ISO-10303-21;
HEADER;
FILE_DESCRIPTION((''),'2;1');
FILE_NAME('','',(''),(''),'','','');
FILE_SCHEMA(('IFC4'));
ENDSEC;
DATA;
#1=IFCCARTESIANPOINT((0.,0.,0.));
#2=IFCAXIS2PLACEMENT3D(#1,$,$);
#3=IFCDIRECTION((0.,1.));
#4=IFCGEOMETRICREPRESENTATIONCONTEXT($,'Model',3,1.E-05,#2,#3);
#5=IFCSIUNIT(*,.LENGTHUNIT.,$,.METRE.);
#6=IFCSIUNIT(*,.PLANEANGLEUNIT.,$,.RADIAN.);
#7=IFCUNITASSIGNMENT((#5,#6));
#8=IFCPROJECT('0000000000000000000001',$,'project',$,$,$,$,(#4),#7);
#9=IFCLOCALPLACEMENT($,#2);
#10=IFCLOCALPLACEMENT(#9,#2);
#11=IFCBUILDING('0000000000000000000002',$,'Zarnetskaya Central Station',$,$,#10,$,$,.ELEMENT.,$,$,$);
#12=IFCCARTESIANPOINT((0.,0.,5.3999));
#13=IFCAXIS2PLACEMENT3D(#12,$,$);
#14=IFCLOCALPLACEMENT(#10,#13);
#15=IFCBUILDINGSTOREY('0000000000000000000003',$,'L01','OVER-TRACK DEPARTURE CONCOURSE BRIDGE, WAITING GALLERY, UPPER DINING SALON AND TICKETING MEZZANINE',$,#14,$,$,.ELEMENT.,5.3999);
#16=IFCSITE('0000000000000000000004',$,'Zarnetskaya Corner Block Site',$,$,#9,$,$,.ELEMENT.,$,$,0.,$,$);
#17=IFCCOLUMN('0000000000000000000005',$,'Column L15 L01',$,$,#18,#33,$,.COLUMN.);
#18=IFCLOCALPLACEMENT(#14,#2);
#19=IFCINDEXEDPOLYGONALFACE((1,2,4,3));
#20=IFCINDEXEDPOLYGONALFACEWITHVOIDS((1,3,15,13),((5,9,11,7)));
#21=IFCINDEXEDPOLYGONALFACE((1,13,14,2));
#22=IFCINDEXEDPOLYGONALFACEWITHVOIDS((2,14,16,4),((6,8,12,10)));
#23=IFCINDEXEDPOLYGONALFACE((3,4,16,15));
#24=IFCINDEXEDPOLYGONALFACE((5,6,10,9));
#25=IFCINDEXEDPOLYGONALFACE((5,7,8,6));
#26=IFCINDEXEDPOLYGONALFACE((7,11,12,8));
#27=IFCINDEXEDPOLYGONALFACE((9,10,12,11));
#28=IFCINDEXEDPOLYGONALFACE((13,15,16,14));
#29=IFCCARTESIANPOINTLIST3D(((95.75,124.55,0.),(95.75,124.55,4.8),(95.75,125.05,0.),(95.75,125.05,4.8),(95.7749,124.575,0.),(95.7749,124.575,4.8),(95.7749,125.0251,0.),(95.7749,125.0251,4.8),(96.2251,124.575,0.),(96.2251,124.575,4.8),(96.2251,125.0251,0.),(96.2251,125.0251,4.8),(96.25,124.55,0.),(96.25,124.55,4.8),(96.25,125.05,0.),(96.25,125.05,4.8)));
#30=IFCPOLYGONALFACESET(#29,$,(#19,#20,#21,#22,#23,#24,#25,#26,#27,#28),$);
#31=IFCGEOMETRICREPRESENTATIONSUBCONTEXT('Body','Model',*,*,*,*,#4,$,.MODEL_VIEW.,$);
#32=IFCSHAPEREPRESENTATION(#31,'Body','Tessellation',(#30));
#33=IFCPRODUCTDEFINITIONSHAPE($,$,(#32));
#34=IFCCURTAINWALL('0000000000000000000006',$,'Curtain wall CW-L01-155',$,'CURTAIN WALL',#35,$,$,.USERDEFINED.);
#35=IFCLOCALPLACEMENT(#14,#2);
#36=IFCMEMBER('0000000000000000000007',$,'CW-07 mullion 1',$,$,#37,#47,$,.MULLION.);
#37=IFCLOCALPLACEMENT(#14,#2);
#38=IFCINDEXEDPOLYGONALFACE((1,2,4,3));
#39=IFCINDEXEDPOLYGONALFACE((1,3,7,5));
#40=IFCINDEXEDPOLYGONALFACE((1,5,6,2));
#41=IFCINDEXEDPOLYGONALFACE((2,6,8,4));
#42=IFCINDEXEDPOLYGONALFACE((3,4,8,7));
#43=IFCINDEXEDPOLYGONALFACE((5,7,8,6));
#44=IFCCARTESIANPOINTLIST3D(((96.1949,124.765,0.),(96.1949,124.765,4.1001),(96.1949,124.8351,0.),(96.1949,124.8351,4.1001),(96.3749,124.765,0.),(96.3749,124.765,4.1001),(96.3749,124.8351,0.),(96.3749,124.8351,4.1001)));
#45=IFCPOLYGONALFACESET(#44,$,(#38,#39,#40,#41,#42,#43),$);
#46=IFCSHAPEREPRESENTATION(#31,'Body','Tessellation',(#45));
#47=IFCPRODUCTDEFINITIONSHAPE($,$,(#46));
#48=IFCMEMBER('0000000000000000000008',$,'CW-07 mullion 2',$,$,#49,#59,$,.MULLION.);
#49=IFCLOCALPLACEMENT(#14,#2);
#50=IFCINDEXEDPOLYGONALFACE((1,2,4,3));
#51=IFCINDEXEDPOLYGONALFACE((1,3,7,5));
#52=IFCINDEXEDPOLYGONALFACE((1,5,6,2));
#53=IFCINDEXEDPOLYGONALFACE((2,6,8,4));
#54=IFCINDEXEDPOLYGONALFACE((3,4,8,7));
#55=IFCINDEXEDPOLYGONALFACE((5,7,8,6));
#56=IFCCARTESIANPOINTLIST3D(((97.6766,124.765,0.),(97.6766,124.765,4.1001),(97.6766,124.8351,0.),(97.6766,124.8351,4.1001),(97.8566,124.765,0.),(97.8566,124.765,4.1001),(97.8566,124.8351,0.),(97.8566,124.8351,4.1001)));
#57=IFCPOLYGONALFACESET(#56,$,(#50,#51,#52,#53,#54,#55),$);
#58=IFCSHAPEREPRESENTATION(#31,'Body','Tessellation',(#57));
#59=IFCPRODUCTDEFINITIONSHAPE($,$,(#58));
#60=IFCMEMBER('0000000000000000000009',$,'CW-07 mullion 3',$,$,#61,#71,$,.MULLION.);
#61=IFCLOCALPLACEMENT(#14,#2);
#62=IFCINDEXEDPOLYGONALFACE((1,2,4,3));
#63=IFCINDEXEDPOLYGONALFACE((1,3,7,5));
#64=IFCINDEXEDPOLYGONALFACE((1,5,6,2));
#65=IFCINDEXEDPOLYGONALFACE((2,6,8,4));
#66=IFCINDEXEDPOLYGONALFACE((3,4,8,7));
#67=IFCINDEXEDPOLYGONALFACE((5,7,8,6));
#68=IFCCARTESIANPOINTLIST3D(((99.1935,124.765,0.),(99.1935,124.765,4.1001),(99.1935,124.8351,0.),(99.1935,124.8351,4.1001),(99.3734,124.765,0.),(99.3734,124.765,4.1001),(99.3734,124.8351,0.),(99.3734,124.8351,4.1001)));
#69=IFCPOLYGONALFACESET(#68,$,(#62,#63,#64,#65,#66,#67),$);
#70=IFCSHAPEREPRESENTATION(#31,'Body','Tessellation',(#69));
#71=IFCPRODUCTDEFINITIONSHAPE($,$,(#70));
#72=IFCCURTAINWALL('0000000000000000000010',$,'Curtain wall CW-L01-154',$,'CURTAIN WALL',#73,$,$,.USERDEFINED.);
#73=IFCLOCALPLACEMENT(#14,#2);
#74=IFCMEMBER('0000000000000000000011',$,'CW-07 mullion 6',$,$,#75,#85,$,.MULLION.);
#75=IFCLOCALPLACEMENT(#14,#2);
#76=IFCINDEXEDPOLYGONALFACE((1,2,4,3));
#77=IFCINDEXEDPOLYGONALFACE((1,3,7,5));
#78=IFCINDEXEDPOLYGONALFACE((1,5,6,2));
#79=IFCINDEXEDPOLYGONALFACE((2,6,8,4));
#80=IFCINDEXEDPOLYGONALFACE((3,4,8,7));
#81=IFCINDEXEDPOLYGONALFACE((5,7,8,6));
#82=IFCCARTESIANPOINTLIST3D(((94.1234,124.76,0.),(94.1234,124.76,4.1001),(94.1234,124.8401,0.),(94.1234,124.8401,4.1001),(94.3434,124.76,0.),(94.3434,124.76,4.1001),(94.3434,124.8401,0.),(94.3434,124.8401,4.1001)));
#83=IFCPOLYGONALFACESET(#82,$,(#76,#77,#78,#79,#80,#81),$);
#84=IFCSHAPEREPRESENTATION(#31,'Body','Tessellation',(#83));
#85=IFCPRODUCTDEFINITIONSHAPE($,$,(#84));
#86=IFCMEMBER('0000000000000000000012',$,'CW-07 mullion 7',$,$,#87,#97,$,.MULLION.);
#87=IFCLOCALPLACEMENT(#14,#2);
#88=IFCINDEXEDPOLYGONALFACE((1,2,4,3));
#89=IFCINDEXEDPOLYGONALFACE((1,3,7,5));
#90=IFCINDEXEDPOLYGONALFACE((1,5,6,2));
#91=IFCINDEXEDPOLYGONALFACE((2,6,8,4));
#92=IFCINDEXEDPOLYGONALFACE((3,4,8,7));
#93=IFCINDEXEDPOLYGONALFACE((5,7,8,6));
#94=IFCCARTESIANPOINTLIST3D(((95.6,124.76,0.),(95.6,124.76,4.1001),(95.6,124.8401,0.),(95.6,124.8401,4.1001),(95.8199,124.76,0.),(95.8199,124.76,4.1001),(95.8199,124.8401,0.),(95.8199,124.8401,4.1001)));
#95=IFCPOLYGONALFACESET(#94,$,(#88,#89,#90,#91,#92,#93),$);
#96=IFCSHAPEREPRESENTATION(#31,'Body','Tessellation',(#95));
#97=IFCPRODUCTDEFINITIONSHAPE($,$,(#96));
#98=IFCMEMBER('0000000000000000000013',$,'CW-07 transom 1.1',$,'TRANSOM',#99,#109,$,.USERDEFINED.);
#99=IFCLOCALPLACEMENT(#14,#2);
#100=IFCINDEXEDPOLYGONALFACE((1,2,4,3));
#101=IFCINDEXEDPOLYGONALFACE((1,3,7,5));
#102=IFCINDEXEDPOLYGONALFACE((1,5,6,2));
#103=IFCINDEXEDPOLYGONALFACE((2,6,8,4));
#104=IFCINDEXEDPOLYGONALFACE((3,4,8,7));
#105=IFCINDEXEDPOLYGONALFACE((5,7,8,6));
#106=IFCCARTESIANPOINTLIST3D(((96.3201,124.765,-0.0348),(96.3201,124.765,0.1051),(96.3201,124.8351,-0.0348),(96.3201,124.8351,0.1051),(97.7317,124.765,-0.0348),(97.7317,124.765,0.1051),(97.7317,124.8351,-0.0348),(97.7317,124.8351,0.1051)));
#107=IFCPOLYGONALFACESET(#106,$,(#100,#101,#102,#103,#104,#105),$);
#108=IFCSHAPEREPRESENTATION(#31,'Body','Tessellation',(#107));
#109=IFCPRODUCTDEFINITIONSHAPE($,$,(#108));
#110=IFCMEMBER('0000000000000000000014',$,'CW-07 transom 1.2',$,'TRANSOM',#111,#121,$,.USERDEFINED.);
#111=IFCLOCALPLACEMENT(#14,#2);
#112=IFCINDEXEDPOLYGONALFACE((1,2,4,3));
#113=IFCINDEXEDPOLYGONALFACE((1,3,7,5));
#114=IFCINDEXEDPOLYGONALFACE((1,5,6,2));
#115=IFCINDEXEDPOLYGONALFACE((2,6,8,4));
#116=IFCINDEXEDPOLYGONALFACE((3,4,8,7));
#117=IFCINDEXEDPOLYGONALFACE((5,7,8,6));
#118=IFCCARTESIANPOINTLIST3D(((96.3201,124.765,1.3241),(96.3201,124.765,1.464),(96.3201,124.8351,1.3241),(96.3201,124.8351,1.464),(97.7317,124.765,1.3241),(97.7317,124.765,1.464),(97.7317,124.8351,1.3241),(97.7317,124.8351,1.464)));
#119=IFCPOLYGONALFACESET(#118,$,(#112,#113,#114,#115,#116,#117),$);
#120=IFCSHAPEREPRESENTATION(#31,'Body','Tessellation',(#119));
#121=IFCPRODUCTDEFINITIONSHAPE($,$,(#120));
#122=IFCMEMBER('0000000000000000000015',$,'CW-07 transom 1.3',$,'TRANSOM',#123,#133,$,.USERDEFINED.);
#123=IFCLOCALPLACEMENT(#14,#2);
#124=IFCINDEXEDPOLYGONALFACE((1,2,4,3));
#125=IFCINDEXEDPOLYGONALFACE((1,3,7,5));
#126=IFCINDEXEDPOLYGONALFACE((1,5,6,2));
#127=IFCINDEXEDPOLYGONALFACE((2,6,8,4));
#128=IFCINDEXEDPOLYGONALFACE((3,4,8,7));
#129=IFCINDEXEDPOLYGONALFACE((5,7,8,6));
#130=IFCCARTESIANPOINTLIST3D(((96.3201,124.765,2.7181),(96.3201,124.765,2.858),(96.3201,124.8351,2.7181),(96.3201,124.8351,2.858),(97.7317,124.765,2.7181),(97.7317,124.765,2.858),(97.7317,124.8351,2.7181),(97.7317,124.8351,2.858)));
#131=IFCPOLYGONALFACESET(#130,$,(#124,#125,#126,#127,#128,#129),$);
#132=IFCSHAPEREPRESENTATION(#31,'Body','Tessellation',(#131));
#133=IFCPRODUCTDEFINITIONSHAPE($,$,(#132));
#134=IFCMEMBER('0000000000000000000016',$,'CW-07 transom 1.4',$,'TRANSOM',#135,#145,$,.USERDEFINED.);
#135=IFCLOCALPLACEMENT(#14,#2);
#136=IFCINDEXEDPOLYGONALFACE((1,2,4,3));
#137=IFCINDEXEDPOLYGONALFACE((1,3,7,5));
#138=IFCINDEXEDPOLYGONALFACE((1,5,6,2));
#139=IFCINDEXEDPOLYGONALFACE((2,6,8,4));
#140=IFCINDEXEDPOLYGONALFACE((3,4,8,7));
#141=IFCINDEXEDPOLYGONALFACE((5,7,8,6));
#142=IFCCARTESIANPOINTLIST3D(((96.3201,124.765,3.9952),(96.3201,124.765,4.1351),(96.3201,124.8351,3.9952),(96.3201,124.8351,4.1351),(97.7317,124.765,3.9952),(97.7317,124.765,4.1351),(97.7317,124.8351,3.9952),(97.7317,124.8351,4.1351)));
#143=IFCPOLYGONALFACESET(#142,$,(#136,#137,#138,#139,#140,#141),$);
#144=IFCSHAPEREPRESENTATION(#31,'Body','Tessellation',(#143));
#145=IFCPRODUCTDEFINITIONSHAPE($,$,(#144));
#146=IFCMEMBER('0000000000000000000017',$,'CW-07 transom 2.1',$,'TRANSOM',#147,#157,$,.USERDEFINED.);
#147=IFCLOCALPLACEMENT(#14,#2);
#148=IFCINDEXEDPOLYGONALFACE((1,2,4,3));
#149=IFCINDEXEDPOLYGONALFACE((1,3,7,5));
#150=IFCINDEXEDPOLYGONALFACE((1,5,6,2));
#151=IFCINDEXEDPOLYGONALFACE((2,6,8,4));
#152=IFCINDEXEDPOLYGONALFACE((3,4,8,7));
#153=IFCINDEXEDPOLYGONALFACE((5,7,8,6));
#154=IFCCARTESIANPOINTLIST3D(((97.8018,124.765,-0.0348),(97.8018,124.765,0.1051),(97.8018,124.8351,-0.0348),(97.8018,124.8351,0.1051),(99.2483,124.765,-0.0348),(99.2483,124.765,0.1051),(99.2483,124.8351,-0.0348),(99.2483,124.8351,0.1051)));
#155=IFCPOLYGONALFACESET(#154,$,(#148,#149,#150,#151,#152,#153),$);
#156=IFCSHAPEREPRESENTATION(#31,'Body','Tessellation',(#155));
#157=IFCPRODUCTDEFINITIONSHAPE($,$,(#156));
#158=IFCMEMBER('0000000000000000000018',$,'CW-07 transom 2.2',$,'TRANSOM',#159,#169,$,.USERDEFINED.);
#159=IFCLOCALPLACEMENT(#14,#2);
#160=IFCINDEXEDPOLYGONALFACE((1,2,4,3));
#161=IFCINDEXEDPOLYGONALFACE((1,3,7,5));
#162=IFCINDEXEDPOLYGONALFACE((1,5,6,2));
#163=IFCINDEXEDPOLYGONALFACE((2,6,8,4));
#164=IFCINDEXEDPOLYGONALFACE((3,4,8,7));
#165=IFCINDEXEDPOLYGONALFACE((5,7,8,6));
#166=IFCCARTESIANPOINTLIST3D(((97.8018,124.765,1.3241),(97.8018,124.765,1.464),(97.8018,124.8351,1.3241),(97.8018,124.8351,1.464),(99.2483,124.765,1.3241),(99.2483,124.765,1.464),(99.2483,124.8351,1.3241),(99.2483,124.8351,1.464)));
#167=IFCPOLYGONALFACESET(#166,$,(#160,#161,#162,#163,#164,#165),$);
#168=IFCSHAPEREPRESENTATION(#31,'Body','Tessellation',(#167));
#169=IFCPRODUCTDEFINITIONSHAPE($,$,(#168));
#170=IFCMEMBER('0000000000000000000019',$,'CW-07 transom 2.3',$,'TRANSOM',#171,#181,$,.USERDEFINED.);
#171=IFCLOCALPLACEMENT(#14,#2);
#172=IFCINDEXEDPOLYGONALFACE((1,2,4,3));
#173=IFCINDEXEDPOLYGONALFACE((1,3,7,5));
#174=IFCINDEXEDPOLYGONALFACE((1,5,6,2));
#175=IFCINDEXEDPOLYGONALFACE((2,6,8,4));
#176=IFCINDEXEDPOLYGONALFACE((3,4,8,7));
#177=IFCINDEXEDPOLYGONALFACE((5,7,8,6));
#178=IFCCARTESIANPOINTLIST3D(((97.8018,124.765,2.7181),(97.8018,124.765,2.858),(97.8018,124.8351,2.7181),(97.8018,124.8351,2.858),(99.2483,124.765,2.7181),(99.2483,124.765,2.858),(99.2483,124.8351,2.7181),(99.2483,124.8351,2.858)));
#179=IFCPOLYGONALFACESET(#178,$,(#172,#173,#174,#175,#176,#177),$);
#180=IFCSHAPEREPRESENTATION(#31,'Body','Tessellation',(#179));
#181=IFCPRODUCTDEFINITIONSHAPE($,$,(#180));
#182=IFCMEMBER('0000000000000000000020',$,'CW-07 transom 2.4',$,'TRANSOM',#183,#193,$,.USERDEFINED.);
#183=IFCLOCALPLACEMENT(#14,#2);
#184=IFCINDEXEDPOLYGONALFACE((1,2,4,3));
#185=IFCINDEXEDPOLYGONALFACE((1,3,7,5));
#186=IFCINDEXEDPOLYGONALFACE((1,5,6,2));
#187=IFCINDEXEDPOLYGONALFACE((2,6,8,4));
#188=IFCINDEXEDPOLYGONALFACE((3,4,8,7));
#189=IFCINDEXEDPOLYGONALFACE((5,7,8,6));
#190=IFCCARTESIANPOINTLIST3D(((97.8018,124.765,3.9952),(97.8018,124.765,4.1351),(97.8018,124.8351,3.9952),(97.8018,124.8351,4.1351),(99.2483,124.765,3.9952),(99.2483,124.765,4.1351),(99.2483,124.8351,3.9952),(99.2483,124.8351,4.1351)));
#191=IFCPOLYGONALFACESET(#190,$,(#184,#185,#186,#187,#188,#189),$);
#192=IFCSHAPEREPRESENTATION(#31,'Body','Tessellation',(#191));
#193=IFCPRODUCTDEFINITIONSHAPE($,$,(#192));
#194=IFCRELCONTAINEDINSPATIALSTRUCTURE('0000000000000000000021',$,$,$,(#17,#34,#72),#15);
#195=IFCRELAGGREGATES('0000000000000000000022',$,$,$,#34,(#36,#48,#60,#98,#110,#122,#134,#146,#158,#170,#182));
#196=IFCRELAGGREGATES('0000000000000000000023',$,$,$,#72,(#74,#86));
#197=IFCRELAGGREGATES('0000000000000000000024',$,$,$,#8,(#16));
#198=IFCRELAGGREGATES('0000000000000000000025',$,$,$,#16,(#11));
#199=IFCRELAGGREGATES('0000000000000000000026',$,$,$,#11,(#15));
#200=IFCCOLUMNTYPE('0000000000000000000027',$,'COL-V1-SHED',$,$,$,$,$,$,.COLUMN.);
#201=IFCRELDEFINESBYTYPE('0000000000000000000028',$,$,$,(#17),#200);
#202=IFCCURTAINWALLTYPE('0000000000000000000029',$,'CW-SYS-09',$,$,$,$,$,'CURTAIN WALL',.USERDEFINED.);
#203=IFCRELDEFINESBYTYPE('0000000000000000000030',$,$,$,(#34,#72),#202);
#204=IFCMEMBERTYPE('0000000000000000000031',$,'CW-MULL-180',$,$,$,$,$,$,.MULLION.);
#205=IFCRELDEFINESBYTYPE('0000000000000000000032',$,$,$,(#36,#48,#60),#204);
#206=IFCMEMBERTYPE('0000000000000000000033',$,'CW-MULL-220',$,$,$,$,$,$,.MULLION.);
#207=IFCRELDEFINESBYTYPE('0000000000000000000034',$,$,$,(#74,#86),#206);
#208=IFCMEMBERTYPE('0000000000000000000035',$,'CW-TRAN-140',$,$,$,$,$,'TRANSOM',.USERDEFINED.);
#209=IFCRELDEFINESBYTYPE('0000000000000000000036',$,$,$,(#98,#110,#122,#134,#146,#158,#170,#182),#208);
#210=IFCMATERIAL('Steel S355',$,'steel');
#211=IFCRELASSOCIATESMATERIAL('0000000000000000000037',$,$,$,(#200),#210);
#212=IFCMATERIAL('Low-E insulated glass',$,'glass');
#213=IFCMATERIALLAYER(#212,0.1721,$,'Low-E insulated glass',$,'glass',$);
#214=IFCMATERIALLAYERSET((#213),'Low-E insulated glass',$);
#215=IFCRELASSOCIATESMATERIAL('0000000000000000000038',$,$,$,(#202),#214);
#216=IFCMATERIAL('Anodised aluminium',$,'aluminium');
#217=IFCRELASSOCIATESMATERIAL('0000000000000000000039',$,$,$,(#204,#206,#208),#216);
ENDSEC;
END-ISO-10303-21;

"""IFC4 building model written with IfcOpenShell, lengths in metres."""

from ifc_helpers import new_model, si_unit, direction, frame, origin, origin_2d, place, context, subcontext, project, spatial, rectangle, hollow_rectangle, extrude, material, layer, layer_set, material_profile, profile_set, type_object, element, aggregate, save


model = new_model("IFC4")

# Units and contexts
model_context = context("Model", 3, precision=1e-05, world=origin(), true_north=direction((0.0, 1.0)))
body_context = subcontext(model_context, "Body", "Model", "MODEL_VIEW")
ifc_project = project(units=[si_unit("LENGTHUNIT", "METRE"), si_unit("PLANEANGLEUNIT", "RADIAN")], contexts=[model_context])

# Site, building, storey
site_placement = place(None, origin())
site = spatial("IfcSite", under=ifc_project, at=site_placement, Name="Zarnetskaya Corner Block Site", CompositionType="ELEMENT", RefElevation=0.0)
building_placement = place(site_placement, origin())
building = spatial("IfcBuilding", under=site, at=building_placement, Name="Zarnetskaya Central Station", CompositionType="ELEMENT")
storey_placement = place(building_placement, frame((0.0, 0.0, 5.3999)))
storey = spatial("IfcBuildingStorey", under=building, at=storey_placement, Name="L01", Description="OVER-TRACK DEPARTURE CONCOURSE BRIDGE, WAITING GALLERY, UPPER DINING SALON AND TICKETING MEZZANINE", CompositionType="ELEMENT", Elevation=5.3999)

# Column
ifc_material_1 = material(Name="Steel S355", Category="steel")
ifc_material_profile_1 = material_profile(ifc_material_1, hollow_rectangle(XDim=0.5, YDim=0.5, WallThickness=0.0249, at=origin_2d()), Name="BOX 500x500x25")
ifc_profile_set_1 = profile_set([ifc_material_profile_1], Name="Steel S355")
column_type = type_object("IfcColumnType", Name="COL-V1-SHED", PredefinedType="COLUMN", material=ifc_profile_set_1)
column_placement = place(storey_placement, frame((96.0, 124.8, 0.0), z_axis=(0.0, 0.0, 1.0), x_axis=(1.0, 0.0, 0.0)))
element("IfcColumn", 1, at=column_placement, inside=storey, type_object=column_type, Name="Column L15 L01", PredefinedType="COLUMN", context=body_context, shape_type="SweptSolid", body=[
    extrude(hollow_rectangle(XDim=0.5, YDim=0.5, WallThickness=0.0249, at=origin_2d()), origin(), (0.0, 0.0, 1.0), 4.8),
])

# Curtain walls, members
ifc_material_2 = material(Name="Low-E insulated glass", Category="glass")
ifc_layer_1 = layer(ifc_material_2, 0.1721, Name="Low-E insulated glass", Category="glass")
ifc_layer_set_1 = layer_set([ifc_layer_1], Name="Low-E insulated glass")
curtain_wall_type = type_object("IfcCurtainWallType", Name="CW-SYS-09", ElementType="CURTAIN WALL", PredefinedType="USERDEFINED", material=ifc_layer_set_1)
curtain_wall_1_placement = place(storey_placement, origin())
curtain_wall_1 = element("IfcCurtainWall", 2, at=curtain_wall_1_placement, inside=storey, type_object=curtain_wall_type, Name="Curtain wall CW-L01-155", ObjectType="CURTAIN WALL", PredefinedType="USERDEFINED")
ifc_material_3 = material(Name="Anodised aluminium", Category="aluminium")
ifc_material_profile_2 = material_profile(ifc_material_3, rectangle(XDim=0.0701, YDim=0.1799, at=origin_2d()), Name="ALU MULL 70x180")
ifc_profile_set_2 = profile_set([ifc_material_profile_2], Name="Anodised aluminium")
member_type_1 = type_object("IfcMemberType", Name="CW-MULL-180", PredefinedType="MULLION", material=ifc_profile_set_2)
member_1_placement = place(storey_placement, frame((96.2849, 124.8, 0.0), z_axis=(0.0, 0.0, 1.0), x_axis=(0.0, 1.0, 0.0)))
member_1 = element("IfcMember", 3, at=member_1_placement, type_object=member_type_1, Name="CW-07 mullion 1", PredefinedType="MULLION", context=body_context, shape_type="SweptSolid", body=[
    extrude(rectangle(XDim=0.0701, YDim=0.1799, at=origin_2d()), origin(), (0.0, 0.0, 1.0), 4.1001),
])
member_2_placement = place(storey_placement, frame((97.7666, 124.8, 0.0), z_axis=(0.0, 0.0, 1.0), x_axis=(0.0, 1.0, 0.0)))
member_2 = element("IfcMember", 4, at=member_2_placement, type_object=member_type_1, Name="CW-07 mullion 2", PredefinedType="MULLION", context=body_context, shape_type="SweptSolid", body=[
    extrude(rectangle(XDim=0.0701, YDim=0.1799, at=origin_2d()), origin(), (0.0, 0.0, 1.0), 4.1001),
])
member_3_placement = place(storey_placement, frame((99.2834, 124.8, 0.0), z_axis=(0.0, 0.0, 1.0), x_axis=(0.0, 1.0, 0.0)))
member_3 = element("IfcMember", 5, at=member_3_placement, type_object=member_type_1, Name="CW-07 mullion 3", PredefinedType="MULLION", context=body_context, shape_type="SweptSolid", body=[
    extrude(rectangle(XDim=0.0701, YDim=0.1799, at=origin_2d()), origin(), (0.0, 0.0, 1.0), 4.1001),
])
curtain_wall_2_placement = place(storey_placement, origin())
curtain_wall_2 = element("IfcCurtainWall", 6, at=curtain_wall_2_placement, inside=storey, type_object=curtain_wall_type, Name="Curtain wall CW-L01-154", ObjectType="CURTAIN WALL", PredefinedType="USERDEFINED")
ifc_material_profile_3 = material_profile(ifc_material_3, rectangle(XDim=0.0801, YDim=0.22, at=origin_2d()), Name="ALU MULL 80x220")
ifc_profile_set_3 = profile_set([ifc_material_profile_3], Name="Anodised aluminium")
member_type_2 = type_object("IfcMemberType", Name="CW-MULL-220", PredefinedType="MULLION", material=ifc_profile_set_3)
member_4_placement = place(storey_placement, frame((94.2334, 124.8, 0.0), z_axis=(0.0, 0.0, 1.0), x_axis=(0.0, 1.0, 0.0)))
member_4 = element("IfcMember", 7, at=member_4_placement, type_object=member_type_2, Name="CW-07 mullion 6", PredefinedType="MULLION", context=body_context, shape_type="SweptSolid", body=[
    extrude(rectangle(XDim=0.0801, YDim=0.22, at=origin_2d()), origin(), (0.0, 0.0, 1.0), 4.1001),
])
member_5_placement = place(storey_placement, frame((95.71, 124.8, 0.0), z_axis=(0.0, 0.0, 1.0), x_axis=(0.0, 1.0, 0.0)))
member_5 = element("IfcMember", 8, at=member_5_placement, type_object=member_type_2, Name="CW-07 mullion 7", PredefinedType="MULLION", context=body_context, shape_type="SweptSolid", body=[
    extrude(rectangle(XDim=0.0801, YDim=0.22, at=origin_2d()), origin(), (0.0, 0.0, 1.0), 4.1001),
])

# Members
ifc_material_profile_4 = material_profile(ifc_material_3, rectangle(XDim=0.0701, YDim=0.1399, at=origin_2d()), Name="ALU TRAN 70x140")
ifc_profile_set_4 = profile_set([ifc_material_profile_4], Name="Anodised aluminium")
member_type_3 = type_object("IfcMemberType", Name="CW-TRAN-140", ElementType="TRANSOM", PredefinedType="USERDEFINED", material=ifc_profile_set_4)
member_6_placement = place(storey_placement, frame((96.3201, 124.8, 0.0352), z_axis=(1.0, 0.0, 0.0), x_axis=(0.0, 1.0, 0.0)))
member_6 = element("IfcMember", 9, at=member_6_placement, type_object=member_type_3, Name="CW-07 transom 1.1", ObjectType="TRANSOM", PredefinedType="USERDEFINED", context=body_context, shape_type="SweptSolid", body=[
    extrude(rectangle(XDim=0.0701, YDim=0.1399, at=origin_2d()), origin(), (0.0, 0.0, 1.0), 1.4116),
])
member_7_placement = place(storey_placement, frame((96.3201, 124.8, 1.394), z_axis=(1.0, 0.0, 0.0), x_axis=(0.0, 1.0, 0.0)))
member_7 = element("IfcMember", 10, at=member_7_placement, type_object=member_type_3, Name="CW-07 transom 1.2", ObjectType="TRANSOM", PredefinedType="USERDEFINED", context=body_context, shape_type="SweptSolid", body=[
    extrude(rectangle(XDim=0.0701, YDim=0.1399, at=origin_2d()), origin(), (0.0, 0.0, 1.0), 1.4116),
])
member_8_placement = place(storey_placement, frame((96.3201, 124.8, 2.7881), z_axis=(1.0, 0.0, 0.0), x_axis=(0.0, 1.0, 0.0)))
member_8 = element("IfcMember", 11, at=member_8_placement, type_object=member_type_3, Name="CW-07 transom 1.3", ObjectType="TRANSOM", PredefinedType="USERDEFINED", context=body_context, shape_type="SweptSolid", body=[
    extrude(rectangle(XDim=0.0701, YDim=0.1399, at=origin_2d()), origin(), (0.0, 0.0, 1.0), 1.4116),
])
member_9_placement = place(storey_placement, frame((96.3201, 124.8, 4.0652), z_axis=(1.0, 0.0, 0.0), x_axis=(0.0, 1.0, 0.0)))
member_9 = element("IfcMember", 12, at=member_9_placement, type_object=member_type_3, Name="CW-07 transom 1.4", ObjectType="TRANSOM", PredefinedType="USERDEFINED", context=body_context, shape_type="SweptSolid", body=[
    extrude(rectangle(XDim=0.0701, YDim=0.1399, at=origin_2d()), origin(), (0.0, 0.0, 1.0), 1.4116),
])
member_10_placement = place(storey_placement, frame((97.8018, 124.8, 0.0352), z_axis=(1.0, 0.0, 0.0), x_axis=(0.0, 1.0, 0.0)))
member_10 = element("IfcMember", 13, at=member_10_placement, type_object=member_type_3, Name="CW-07 transom 2.1", ObjectType="TRANSOM", PredefinedType="USERDEFINED", context=body_context, shape_type="SweptSolid", body=[
    extrude(rectangle(XDim=0.0701, YDim=0.1399, at=origin_2d()), origin(), (0.0, 0.0, 1.0), 1.4465),
])
member_11_placement = place(storey_placement, frame((97.8018, 124.8, 1.394), z_axis=(1.0, 0.0, 0.0), x_axis=(0.0, 1.0, 0.0)))
member_11 = element("IfcMember", 14, at=member_11_placement, type_object=member_type_3, Name="CW-07 transom 2.2", ObjectType="TRANSOM", PredefinedType="USERDEFINED", context=body_context, shape_type="SweptSolid", body=[
    extrude(rectangle(XDim=0.0701, YDim=0.1399, at=origin_2d()), origin(), (0.0, 0.0, 1.0), 1.4465),
])
member_12_placement = place(storey_placement, frame((97.8018, 124.8, 2.7881), z_axis=(1.0, 0.0, 0.0), x_axis=(0.0, 1.0, 0.0)))
member_12 = element("IfcMember", 15, at=member_12_placement, type_object=member_type_3, Name="CW-07 transom 2.3", ObjectType="TRANSOM", PredefinedType="USERDEFINED", context=body_context, shape_type="SweptSolid", body=[
    extrude(rectangle(XDim=0.0701, YDim=0.1399, at=origin_2d()), origin(), (0.0, 0.0, 1.0), 1.4465),
])
member_13_placement = place(storey_placement, frame((97.8018, 124.8, 4.0652), z_axis=(1.0, 0.0, 0.0), x_axis=(0.0, 1.0, 0.0)))
member_13 = element("IfcMember", 16, at=member_13_placement, type_object=member_type_3, Name="CW-07 transom 2.4", ObjectType="TRANSOM", PredefinedType="USERDEFINED", context=body_context, shape_type="SweptSolid", body=[
    extrude(rectangle(XDim=0.0701, YDim=0.1399, at=origin_2d()), origin(), (0.0, 0.0, 1.0), 1.4465),
])

aggregate(curtain_wall_1, [member_1, member_2, member_3, member_6, member_7, member_8, member_9, member_10, member_11, member_12, member_13])
aggregate(curtain_wall_2, [member_4, member_5])

save(model, "model.ifc")
